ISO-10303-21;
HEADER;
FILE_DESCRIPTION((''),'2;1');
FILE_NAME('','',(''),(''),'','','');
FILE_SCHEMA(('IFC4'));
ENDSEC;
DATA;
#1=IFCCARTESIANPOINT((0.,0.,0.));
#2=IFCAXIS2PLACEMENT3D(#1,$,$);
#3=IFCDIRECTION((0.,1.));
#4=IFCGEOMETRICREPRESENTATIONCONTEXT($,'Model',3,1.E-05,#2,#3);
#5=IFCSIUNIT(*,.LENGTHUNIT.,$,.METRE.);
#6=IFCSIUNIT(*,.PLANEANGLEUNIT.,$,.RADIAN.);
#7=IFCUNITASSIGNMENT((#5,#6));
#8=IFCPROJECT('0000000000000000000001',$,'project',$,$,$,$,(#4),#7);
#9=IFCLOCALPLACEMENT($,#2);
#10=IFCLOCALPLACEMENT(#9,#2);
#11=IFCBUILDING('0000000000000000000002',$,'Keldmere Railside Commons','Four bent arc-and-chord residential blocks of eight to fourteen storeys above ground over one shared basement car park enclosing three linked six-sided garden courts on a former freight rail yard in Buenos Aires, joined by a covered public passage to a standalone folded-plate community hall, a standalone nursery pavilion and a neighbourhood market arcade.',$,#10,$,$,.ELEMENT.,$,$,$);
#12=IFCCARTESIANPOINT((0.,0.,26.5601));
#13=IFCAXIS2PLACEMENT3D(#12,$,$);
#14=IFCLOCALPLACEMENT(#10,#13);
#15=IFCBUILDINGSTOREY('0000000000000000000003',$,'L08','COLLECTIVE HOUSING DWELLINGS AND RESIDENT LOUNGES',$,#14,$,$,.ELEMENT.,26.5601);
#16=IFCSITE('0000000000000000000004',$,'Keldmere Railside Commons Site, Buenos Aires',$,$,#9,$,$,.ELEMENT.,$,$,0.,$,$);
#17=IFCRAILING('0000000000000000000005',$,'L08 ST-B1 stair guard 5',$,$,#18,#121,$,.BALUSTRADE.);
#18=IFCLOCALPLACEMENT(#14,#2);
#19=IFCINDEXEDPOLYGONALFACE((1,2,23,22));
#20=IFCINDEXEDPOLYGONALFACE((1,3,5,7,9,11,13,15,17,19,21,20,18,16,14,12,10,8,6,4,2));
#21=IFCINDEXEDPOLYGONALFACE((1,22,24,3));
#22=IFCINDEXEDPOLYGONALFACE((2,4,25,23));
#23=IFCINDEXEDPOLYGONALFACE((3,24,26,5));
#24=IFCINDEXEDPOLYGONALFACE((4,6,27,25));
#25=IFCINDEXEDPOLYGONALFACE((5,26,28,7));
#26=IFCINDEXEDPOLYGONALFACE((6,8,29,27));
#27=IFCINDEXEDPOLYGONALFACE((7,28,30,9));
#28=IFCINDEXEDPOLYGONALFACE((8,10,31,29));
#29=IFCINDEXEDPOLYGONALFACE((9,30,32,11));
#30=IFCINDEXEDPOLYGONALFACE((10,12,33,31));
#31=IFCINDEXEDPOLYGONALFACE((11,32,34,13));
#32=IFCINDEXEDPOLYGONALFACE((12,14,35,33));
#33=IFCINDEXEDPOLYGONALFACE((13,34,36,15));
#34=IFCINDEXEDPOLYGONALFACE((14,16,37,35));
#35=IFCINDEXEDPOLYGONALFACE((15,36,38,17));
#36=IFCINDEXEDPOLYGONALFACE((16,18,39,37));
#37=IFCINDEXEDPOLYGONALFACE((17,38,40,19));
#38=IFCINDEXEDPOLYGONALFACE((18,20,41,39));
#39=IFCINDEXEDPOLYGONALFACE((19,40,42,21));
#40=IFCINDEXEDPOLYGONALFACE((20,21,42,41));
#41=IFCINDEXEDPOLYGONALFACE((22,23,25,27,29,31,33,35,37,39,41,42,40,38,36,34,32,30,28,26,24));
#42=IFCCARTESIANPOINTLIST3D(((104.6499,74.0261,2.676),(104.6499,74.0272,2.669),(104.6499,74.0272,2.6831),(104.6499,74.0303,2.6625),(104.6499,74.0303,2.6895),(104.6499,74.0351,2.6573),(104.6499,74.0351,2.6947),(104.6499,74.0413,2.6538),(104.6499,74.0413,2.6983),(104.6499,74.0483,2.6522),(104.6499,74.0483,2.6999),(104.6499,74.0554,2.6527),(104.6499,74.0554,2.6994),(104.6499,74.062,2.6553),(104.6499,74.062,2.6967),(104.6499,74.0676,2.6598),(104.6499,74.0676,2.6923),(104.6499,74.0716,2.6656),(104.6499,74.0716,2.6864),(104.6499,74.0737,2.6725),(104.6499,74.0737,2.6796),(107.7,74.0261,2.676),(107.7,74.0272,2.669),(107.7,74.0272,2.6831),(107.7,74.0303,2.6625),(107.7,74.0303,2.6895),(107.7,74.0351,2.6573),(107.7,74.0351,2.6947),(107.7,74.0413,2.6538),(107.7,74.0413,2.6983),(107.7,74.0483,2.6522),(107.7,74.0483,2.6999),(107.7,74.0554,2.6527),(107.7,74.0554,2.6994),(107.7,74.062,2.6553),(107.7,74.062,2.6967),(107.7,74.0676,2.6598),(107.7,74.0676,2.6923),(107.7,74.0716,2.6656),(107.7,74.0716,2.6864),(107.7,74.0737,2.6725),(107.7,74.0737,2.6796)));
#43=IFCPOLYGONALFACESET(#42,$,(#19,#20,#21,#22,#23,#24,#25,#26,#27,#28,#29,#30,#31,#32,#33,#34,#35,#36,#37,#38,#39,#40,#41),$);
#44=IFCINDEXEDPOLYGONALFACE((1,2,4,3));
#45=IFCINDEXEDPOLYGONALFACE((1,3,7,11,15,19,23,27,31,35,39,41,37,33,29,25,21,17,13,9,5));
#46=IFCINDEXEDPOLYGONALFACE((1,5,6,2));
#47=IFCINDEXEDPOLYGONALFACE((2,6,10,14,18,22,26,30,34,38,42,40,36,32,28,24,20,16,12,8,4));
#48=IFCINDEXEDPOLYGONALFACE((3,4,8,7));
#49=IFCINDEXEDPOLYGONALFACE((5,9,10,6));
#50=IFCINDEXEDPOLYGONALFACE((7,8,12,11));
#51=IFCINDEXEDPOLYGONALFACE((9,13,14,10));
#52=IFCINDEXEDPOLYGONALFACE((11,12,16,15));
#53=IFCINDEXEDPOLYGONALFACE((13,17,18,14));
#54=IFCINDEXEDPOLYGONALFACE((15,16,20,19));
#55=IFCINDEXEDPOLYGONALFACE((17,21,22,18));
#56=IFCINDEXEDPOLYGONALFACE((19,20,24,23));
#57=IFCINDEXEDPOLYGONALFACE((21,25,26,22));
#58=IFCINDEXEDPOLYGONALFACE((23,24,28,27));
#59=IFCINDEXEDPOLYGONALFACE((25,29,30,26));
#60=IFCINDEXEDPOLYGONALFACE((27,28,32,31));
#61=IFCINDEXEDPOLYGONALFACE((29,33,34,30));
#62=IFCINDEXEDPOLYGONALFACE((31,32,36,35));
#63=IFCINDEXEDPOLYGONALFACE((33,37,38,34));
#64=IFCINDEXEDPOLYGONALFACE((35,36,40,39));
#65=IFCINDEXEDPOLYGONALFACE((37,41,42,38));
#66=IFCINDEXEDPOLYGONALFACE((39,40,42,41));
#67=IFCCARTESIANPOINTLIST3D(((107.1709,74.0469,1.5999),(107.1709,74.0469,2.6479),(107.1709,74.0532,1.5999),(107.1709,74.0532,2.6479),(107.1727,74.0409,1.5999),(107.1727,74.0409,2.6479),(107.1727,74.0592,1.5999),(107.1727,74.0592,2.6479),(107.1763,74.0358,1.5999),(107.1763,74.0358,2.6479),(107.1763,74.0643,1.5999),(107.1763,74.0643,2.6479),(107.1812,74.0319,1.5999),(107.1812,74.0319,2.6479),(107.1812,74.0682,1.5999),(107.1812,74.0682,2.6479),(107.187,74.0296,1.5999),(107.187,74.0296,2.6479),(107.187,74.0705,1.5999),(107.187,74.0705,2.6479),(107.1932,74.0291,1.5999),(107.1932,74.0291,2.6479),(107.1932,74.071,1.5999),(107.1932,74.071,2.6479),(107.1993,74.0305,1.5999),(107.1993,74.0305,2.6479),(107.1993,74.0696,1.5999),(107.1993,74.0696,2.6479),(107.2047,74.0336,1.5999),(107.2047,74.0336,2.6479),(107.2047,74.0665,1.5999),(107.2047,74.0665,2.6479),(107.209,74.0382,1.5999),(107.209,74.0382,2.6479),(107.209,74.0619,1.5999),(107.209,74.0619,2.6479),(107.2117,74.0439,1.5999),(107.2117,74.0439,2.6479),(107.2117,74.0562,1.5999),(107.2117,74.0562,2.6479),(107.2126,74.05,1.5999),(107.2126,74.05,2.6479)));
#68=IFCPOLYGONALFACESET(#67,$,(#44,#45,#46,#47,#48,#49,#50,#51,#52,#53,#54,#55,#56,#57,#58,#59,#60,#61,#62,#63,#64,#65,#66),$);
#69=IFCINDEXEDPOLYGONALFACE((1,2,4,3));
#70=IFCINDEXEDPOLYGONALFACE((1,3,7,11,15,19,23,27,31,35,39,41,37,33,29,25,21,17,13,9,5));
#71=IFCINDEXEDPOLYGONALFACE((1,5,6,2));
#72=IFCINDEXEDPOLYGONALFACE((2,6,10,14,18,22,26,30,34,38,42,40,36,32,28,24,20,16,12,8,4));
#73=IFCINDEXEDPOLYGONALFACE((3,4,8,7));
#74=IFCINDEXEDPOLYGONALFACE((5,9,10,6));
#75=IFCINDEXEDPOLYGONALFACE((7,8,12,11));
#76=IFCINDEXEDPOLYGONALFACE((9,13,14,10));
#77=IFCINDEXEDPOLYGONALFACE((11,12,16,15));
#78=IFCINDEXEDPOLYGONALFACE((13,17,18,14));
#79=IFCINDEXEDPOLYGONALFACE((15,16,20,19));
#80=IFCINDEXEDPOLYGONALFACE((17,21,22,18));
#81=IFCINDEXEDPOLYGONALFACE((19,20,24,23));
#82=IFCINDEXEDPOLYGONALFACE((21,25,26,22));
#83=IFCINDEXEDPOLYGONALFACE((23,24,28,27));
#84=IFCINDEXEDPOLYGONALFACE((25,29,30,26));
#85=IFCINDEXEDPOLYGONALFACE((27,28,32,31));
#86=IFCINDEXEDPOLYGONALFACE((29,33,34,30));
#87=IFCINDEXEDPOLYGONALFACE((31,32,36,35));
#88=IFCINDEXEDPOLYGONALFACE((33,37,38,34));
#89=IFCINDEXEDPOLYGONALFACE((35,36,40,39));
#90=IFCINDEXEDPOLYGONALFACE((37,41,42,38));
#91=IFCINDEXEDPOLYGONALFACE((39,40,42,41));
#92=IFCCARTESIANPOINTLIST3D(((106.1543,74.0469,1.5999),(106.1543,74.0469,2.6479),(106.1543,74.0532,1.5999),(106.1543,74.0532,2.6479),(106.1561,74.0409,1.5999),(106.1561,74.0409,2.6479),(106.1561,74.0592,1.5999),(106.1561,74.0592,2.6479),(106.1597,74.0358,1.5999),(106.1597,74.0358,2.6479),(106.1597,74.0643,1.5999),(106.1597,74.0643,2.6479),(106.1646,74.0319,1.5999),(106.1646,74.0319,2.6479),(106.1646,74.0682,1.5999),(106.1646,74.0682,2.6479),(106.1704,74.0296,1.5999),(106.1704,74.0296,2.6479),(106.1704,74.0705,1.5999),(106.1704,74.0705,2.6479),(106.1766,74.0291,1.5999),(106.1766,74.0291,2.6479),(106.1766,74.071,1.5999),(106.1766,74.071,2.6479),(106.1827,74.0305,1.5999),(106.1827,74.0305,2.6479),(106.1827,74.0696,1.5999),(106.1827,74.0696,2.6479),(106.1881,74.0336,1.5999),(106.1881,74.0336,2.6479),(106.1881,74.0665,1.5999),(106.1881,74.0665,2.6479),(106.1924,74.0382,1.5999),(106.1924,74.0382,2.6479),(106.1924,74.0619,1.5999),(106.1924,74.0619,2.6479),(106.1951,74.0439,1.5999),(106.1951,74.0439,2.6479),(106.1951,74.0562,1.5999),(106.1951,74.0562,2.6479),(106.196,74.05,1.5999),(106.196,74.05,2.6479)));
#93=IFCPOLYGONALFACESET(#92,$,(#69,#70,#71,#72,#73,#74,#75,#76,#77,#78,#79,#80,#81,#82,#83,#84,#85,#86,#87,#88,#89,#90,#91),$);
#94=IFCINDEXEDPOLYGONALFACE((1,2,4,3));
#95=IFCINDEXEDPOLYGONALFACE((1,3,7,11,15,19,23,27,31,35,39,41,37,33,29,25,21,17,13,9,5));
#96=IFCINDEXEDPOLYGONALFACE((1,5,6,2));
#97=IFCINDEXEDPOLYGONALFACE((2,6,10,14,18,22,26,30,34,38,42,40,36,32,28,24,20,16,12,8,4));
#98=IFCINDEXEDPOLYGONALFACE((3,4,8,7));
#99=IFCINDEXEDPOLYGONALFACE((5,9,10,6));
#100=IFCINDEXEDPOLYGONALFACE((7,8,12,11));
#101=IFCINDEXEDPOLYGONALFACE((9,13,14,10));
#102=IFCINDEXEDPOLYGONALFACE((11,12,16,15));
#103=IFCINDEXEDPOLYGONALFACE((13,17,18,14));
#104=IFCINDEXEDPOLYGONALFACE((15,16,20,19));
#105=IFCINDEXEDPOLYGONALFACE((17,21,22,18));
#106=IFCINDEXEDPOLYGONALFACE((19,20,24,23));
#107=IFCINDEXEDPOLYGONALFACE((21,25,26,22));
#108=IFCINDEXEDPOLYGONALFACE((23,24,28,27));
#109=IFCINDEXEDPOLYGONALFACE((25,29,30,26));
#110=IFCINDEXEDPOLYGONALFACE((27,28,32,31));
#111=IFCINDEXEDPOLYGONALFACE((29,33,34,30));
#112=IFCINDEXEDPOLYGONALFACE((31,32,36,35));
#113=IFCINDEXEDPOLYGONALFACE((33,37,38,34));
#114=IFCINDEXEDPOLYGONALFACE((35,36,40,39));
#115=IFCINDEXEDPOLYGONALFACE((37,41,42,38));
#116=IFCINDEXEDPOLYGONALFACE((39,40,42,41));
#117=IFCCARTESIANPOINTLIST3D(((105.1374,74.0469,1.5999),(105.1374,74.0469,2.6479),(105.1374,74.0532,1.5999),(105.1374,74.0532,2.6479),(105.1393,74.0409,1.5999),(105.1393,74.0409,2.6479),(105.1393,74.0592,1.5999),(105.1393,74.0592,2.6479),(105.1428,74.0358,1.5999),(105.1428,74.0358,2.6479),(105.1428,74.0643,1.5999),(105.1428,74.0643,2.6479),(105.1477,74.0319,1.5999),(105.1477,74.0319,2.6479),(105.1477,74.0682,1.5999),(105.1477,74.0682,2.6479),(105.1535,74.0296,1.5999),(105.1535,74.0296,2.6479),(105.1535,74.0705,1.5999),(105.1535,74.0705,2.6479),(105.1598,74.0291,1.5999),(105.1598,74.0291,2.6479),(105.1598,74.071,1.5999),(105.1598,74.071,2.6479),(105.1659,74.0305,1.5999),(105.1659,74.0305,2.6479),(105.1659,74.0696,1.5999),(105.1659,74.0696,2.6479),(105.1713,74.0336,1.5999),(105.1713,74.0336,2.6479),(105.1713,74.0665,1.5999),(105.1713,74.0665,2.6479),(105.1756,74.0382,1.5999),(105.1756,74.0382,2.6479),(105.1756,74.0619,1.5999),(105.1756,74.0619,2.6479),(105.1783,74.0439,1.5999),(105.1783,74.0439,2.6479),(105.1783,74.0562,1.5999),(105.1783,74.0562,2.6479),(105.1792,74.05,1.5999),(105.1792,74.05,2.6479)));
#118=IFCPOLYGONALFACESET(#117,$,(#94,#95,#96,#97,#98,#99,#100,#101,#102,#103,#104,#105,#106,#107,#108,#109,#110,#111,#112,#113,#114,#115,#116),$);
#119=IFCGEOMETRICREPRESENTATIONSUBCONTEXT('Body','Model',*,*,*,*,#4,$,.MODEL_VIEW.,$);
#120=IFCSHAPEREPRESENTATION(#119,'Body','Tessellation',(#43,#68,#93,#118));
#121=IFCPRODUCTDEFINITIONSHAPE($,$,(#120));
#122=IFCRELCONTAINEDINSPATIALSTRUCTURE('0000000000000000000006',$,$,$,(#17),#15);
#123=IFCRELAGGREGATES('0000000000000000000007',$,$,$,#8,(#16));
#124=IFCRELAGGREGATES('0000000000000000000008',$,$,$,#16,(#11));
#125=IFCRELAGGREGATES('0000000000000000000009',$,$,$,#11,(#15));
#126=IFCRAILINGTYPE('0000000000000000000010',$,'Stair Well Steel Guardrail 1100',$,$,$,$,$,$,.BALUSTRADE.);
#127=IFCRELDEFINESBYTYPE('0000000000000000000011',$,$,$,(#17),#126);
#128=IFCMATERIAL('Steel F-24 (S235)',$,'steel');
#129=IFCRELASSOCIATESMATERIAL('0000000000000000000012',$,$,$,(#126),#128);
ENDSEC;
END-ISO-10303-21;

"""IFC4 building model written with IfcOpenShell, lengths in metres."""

from ifc_helpers import new_model, si_unit, direction, frame, origin, origin_2d, place, context, subcontext, project, spatial, circle, extrude, material, type_object, element, save


model = new_model("IFC4")

# Units and contexts
model_context = context("Model", 3, precision=1e-05, world=origin(), true_north=direction((0.0, 1.0)))
body_context = subcontext(model_context, "Body", "Model", "MODEL_VIEW")
ifc_project = project(units=[si_unit("LENGTHUNIT", "METRE"), si_unit("PLANEANGLEUNIT", "RADIAN")], contexts=[model_context])

# Site, building, storey
site_placement = place(None, origin())
site = spatial("IfcSite", under=ifc_project, at=site_placement, Name="Keldmere Railside Commons Site, Buenos Aires", CompositionType="ELEMENT", RefElevation=0.0)
building_placement = place(site_placement, origin())
building = spatial("IfcBuilding", under=site, at=building_placement, Name="Keldmere Railside Commons", Description="Four bent arc-and-chord residential blocks of eight to fourteen storeys above ground over one shared basement car park enclosing three linked six-sided garden courts on a former freight rail yard in Buenos Aires, joined by a covered public passage to a standalone folded-plate community hall, a standalone nursery pavilion and a neighbourhood market arcade.", CompositionType="ELEMENT")
storey_placement = place(building_placement, frame((0.0, 0.0, 26.5601)))
storey = spatial("IfcBuildingStorey", under=building, at=storey_placement, Name="L08", Description="COLLECTIVE HOUSING DWELLINGS AND RESIDENT LOUNGES", CompositionType="ELEMENT", Elevation=26.5601)

# Shared definitions
ifc_material_1 = material(Name="Steel F-24 (S235)", Category="steel")

# Railing
railing_type_1 = type_object("IfcRailingType", Name="Stair Well Steel Guardrail 1100", PredefinedType="BALUSTRADE", material=ifc_material_1)
railing_1_placement = place(storey_placement, frame((107.7, 74.05, 1.5999)))
element("IfcRailing", 1, at=railing_1_placement, inside=storey, type_object=railing_type_1, Name="L08 ST-B1 stair guard 5", PredefinedType="BALUSTRADE", context=body_context, shape_type="SweptSolid", body=[
    extrude(circle(Radius=0.0239, at=origin_2d()), frame((0.0, 0.0, 1.0762), z_axis=(-1.0, 0.0, 0.0), x_axis=(0.0, -1.0, 0.0)), (0.0, 0.0, 1.0), 3.05),
    extrude(circle(Radius=0.021, at=origin_2d()), frame((-0.5083, 0.0, 0.0)), (0.0, 0.0, 1.0), 1.0481),
    extrude(circle(Radius=0.021, at=origin_2d()), frame((-1.5249, 0.0, 0.0)), (0.0, 0.0, 1.0), 1.0481),
    extrude(circle(Radius=0.021, at=origin_2d()), frame((-2.5417, 0.0, 0.0)), (0.0, 0.0, 1.0), 1.0481),
])

save(model, "model.ifc")
